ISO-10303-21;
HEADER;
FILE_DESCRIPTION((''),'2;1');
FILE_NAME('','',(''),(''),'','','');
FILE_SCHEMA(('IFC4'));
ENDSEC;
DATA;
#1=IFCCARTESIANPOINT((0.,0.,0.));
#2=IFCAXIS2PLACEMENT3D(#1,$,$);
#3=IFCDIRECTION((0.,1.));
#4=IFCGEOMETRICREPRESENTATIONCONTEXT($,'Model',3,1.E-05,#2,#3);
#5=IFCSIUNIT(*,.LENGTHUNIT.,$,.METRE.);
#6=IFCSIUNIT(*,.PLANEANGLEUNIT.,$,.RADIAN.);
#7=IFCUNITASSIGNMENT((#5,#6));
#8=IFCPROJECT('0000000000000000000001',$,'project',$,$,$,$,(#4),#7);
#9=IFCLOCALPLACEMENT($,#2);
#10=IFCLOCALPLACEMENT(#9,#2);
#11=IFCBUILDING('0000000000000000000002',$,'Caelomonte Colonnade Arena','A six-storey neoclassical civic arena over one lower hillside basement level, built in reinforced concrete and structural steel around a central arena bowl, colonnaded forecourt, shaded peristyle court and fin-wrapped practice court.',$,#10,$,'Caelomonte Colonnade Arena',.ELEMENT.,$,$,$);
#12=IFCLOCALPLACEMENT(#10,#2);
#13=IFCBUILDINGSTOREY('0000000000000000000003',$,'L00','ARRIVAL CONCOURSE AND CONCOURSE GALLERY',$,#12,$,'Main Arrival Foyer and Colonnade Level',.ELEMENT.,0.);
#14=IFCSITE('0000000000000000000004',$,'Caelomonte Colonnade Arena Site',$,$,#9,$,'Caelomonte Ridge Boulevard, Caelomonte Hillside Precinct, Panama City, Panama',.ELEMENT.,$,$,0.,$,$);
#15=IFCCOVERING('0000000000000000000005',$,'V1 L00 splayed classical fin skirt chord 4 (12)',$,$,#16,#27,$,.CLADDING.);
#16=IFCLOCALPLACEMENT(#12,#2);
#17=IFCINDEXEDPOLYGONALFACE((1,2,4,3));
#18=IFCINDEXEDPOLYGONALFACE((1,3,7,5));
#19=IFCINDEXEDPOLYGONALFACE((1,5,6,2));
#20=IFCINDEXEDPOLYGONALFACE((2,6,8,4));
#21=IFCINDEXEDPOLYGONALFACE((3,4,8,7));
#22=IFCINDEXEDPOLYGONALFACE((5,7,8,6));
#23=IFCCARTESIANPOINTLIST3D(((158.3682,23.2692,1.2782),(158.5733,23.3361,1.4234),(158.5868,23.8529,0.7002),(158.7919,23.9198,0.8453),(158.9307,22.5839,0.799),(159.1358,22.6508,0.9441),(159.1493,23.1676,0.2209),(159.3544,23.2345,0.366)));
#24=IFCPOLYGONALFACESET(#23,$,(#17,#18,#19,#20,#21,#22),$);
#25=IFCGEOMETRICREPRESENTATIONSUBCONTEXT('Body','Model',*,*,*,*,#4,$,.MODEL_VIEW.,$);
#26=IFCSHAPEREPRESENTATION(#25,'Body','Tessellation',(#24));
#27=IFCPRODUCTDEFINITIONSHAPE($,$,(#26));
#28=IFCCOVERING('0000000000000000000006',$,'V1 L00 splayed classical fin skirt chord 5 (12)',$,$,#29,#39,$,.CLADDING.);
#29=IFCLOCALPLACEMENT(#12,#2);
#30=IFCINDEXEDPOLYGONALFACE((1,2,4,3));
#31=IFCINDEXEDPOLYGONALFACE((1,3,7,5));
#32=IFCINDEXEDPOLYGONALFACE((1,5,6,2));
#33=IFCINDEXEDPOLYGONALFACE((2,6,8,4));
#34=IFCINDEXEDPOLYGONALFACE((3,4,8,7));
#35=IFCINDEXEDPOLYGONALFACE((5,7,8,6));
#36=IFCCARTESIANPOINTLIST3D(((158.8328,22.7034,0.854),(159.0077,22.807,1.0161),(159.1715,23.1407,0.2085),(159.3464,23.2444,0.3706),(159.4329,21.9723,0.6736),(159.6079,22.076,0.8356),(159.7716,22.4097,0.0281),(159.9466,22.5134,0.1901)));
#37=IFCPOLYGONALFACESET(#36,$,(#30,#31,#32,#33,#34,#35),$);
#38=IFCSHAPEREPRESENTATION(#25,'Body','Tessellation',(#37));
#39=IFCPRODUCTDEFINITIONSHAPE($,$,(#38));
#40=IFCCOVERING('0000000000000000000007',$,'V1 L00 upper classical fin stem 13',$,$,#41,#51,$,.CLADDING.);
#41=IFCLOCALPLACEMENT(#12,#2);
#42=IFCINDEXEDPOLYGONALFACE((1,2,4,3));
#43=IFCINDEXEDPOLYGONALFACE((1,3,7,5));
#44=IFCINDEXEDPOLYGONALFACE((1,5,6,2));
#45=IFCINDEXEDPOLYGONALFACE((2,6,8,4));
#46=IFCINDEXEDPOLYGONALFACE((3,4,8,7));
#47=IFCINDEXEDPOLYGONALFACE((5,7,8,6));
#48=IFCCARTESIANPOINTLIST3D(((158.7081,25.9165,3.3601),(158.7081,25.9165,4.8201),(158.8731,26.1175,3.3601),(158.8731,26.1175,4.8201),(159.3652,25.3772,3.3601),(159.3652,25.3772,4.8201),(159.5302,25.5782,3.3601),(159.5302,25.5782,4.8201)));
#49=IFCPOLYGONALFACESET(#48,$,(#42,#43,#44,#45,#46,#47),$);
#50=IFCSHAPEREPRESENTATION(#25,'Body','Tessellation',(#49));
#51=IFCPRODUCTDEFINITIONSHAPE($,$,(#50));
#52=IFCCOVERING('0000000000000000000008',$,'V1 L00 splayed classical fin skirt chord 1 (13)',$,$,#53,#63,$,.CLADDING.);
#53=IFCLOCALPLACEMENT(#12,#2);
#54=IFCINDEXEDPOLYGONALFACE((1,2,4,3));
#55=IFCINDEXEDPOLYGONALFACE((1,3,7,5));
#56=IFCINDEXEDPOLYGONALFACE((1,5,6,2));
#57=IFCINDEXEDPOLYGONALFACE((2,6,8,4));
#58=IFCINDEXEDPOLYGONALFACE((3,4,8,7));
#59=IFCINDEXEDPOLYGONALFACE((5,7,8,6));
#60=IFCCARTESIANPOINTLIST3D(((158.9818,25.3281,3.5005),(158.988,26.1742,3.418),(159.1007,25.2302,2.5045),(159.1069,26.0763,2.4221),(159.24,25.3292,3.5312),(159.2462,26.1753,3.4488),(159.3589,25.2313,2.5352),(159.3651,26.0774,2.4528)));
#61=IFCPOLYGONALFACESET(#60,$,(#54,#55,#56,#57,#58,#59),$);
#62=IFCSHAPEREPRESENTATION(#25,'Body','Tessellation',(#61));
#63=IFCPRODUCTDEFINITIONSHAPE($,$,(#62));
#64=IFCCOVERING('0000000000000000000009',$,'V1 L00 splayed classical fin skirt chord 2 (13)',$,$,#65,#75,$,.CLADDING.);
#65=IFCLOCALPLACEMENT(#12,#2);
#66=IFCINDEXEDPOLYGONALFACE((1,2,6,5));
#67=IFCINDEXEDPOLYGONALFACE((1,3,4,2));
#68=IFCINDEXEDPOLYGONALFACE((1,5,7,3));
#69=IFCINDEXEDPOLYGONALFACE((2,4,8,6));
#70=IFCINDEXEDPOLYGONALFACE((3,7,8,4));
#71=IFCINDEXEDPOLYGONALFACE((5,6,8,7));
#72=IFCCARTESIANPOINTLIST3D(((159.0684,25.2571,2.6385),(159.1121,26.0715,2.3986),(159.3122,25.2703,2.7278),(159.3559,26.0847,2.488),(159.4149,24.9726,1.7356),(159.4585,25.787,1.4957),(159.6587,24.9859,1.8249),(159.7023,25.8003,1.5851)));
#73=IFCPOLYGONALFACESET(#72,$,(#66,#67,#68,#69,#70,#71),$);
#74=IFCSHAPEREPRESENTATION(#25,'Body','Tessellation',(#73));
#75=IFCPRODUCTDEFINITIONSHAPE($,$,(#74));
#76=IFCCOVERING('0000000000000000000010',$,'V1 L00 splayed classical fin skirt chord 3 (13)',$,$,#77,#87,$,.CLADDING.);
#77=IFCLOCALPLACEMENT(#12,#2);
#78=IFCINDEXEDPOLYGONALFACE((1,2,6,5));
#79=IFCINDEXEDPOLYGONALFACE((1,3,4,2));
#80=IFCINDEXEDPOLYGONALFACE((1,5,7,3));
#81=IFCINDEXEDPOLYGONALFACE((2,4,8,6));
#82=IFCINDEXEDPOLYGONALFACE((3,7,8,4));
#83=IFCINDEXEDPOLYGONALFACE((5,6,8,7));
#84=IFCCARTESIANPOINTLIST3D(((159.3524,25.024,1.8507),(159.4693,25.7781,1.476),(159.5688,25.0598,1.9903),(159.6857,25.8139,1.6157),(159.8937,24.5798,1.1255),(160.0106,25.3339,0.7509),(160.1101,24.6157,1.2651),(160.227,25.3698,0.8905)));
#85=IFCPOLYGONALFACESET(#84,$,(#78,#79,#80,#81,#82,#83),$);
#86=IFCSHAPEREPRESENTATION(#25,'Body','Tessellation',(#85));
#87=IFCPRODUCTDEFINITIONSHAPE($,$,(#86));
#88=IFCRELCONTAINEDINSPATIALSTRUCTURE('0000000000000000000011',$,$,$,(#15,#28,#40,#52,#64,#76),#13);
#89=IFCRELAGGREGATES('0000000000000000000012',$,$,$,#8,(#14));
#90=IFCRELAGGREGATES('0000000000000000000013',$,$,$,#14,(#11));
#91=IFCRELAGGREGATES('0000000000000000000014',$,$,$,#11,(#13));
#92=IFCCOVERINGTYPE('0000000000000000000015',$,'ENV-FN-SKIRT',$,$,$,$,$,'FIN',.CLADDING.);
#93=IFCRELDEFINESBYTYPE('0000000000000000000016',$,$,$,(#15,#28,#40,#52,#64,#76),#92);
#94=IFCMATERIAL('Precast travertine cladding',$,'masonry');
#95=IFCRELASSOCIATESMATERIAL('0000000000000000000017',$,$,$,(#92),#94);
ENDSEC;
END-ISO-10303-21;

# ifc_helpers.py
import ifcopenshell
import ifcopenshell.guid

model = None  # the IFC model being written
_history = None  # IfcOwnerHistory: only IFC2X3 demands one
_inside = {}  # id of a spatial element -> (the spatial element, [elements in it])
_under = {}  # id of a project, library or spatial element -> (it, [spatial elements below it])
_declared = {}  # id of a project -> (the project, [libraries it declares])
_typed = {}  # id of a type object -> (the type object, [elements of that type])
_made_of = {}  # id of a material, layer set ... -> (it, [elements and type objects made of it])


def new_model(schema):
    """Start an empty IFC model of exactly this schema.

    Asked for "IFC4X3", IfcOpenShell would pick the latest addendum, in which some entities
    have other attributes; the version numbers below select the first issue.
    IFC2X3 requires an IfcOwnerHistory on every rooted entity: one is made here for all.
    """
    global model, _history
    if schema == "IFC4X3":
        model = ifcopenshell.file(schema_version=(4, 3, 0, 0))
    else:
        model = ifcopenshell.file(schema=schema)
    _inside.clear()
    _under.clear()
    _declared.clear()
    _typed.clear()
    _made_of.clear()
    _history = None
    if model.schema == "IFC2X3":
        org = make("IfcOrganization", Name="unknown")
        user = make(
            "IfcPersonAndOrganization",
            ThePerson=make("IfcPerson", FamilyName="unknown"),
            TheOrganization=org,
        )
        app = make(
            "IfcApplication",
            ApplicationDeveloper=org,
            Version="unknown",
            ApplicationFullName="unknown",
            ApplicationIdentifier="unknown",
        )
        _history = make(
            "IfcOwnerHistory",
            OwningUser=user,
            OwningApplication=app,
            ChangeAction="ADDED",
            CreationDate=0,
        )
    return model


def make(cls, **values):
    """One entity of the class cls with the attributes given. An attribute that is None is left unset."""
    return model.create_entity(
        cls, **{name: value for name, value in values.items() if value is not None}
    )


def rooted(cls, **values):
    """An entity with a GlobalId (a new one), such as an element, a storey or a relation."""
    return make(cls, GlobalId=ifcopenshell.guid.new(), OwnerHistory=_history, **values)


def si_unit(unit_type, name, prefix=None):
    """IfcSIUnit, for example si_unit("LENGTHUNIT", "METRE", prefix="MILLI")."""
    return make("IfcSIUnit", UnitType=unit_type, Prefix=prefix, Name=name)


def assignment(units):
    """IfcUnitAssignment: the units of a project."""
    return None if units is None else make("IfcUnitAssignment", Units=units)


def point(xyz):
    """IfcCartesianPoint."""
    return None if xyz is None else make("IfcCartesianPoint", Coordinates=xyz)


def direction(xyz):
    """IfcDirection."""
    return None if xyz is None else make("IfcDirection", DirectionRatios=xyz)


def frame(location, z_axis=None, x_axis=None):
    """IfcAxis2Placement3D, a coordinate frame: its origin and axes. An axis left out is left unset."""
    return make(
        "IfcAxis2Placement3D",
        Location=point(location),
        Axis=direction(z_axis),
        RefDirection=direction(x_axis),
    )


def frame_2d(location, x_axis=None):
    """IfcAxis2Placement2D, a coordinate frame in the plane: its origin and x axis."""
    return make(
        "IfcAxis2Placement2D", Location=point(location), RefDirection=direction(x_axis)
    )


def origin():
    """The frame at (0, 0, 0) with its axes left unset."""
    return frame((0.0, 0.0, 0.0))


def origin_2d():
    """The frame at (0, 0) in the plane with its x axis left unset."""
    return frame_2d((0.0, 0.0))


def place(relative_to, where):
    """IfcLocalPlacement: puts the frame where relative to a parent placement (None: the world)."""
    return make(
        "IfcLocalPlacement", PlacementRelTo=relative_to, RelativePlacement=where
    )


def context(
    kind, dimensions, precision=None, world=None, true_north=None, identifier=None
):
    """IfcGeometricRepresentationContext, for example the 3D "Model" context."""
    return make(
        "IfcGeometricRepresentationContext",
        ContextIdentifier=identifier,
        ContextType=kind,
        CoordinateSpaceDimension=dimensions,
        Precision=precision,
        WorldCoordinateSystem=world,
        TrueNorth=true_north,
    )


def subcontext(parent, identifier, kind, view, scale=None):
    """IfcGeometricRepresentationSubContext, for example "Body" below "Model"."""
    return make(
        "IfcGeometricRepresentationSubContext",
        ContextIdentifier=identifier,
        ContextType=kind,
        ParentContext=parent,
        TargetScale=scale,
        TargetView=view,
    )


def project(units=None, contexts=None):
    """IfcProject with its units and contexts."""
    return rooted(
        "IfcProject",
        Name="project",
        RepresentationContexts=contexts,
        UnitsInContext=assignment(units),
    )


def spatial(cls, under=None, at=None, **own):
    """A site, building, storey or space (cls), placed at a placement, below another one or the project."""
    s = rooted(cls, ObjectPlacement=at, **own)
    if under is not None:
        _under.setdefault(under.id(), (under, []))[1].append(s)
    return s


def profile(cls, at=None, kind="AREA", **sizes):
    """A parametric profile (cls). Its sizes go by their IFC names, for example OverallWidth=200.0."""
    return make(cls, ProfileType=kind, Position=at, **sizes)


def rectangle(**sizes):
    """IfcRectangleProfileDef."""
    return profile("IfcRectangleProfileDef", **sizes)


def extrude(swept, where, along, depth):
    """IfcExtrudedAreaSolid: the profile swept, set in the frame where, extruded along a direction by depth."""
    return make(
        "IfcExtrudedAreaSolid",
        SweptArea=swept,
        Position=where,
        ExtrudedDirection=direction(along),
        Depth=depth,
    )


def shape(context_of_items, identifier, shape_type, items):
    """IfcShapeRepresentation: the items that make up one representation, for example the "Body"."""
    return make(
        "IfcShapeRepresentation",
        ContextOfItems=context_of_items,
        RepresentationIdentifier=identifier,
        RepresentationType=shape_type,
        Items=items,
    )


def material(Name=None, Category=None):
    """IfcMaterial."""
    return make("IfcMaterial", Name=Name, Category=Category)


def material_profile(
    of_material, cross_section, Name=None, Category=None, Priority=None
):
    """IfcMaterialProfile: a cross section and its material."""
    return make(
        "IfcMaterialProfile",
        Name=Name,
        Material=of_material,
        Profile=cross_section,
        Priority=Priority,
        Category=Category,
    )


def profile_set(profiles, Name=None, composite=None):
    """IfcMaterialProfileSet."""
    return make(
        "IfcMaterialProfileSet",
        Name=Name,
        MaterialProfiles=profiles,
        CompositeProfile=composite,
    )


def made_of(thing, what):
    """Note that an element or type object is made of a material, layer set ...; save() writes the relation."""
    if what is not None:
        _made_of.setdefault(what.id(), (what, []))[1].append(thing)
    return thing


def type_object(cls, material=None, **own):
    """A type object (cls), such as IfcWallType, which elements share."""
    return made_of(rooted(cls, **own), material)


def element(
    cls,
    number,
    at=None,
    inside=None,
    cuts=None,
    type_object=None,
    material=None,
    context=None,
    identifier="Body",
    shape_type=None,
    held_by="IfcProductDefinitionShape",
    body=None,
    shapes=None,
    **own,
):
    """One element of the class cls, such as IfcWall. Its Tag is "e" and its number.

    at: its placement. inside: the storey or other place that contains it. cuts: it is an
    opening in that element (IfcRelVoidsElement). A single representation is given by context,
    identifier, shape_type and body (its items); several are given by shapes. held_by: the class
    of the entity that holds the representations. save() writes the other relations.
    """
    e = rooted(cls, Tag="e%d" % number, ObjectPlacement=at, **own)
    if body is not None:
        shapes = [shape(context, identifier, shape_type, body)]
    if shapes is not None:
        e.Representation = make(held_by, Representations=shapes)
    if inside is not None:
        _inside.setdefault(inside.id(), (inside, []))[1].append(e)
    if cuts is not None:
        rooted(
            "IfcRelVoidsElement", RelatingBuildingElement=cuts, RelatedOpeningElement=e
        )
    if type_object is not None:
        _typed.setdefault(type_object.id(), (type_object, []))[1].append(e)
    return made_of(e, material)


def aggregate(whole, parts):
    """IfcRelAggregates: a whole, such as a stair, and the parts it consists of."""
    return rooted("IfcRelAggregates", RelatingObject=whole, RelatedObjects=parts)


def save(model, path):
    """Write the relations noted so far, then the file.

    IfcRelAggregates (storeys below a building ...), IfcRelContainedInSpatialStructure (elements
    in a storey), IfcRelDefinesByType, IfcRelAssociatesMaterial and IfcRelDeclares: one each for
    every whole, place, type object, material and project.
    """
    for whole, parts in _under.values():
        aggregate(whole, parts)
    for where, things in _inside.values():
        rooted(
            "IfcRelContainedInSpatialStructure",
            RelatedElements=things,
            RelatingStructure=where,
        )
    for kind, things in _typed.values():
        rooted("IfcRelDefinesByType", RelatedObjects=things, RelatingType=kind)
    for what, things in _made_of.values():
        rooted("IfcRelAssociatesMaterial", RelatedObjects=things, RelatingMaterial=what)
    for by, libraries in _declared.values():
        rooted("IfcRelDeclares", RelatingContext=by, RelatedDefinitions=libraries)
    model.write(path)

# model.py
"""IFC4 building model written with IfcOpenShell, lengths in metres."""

from ifc_helpers import new_model, si_unit, direction, frame, origin, origin_2d, place, context, subcontext, project, spatial, rectangle, extrude, material, material_profile, profile_set, type_object, element, save


model = new_model("IFC4")

# Units and contexts
model_context = context("Model", 3, precision=1e-05, world=origin(), true_north=direction((0.0, 1.0)))
body_context = subcontext(model_context, "Body", "Model", "MODEL_VIEW")
ifc_project = project(units=[si_unit("LENGTHUNIT", "METRE"), si_unit("PLANEANGLEUNIT", "RADIAN")], contexts=[model_context])

# Site, building, storey
site_placement = place(None, origin())
site = spatial("IfcSite", under=ifc_project, at=site_placement, Name="Caelomonte Colonnade Arena Site", LongName="Caelomonte Ridge Boulevard, Caelomonte Hillside Precinct, Panama City, Panama", CompositionType="ELEMENT", RefElevation=0.0)
building_placement = place(site_placement, origin())
building = spatial("IfcBuilding", under=site, at=building_placement, Name="Caelomonte Colonnade Arena", Description="A six-storey neoclassical civic arena over one lower hillside basement level, built in reinforced concrete and structural steel around a central arena bowl, colonnaded forecourt, shaded peristyle court and fin-wrapped practice court.", LongName="Caelomonte Colonnade Arena", CompositionType="ELEMENT")
storey_placement = place(building_placement, origin())
storey = spatial("IfcBuildingStorey", under=building, at=storey_placement, Name="L00", Description="ARRIVAL CONCOURSE AND CONCOURSE GALLERY", LongName="Main Arrival Foyer and Colonnade Level", CompositionType="ELEMENT", Elevation=0.0)

# Coverings
ifc_material_1 = material(Name="Precast travertine cladding", Category="masonry")
ifc_material_profile_1 = material_profile(ifc_material_1, rectangle(XDim=0.26, YDim=0.8501, at=origin_2d()), Name="FIN260X850")
ifc_profile_set_1 = profile_set([ifc_material_profile_1], Name="Precast travertine cladding")
covering_type = type_object("IfcCoveringType", Name="ENV-FN-SKIRT", ElementType="FIN", PredefinedType="CLADDING", material=ifc_profile_set_1)
covering_1_placement = place(storey_placement, frame((158.5801, 23.5945, 1.0618), z_axis=(0.558129, -0.679977, -0.475524), x_axis=(-0.788896, -0.257241, -0.558095)))
element("IfcCovering", 1, at=covering_1_placement, inside=storey, type_object=covering_type, Name="V1 L00 splayed classical fin skirt chord 4 (12)", PredefinedType="CLADDING", context=body_context, shape_type="SweptSolid", body=[
    extrude(rectangle(XDim=0.26, YDim=0.8501, at=origin_2d()), origin(), (0.0, 0.0, 1.0), 1.0078),
])
covering_2_placement = place(storey_placement, frame((159.0896, 22.9739, 0.6123), z_axis=(0.62329, -0.759206, -0.187393), x_axis=(-0.672881, -0.398602, -0.623175)))
element("IfcCovering", 2, at=covering_2_placement, inside=storey, type_object=covering_type, Name="V1 L00 splayed classical fin skirt chord 5 (12)", PredefinedType="CLADDING", context=body_context, shape_type="SweptSolid", body=[
    extrude(rectangle(XDim=0.26, YDim=0.8501, at=origin_2d()), origin(), (0.0, 0.0, 1.0), 0.9629),
])
covering_3_placement = place(storey_placement, frame((159.1191, 25.7473, 3.3601), z_axis=(0.0, 0.0, 1.0), x_axis=(-0.634414, -0.772994, 0.0)))
element("IfcCovering", 3, at=covering_3_placement, inside=storey, type_object=covering_type, Name="V1 L00 upper classical fin stem 13", PredefinedType="CLADDING", context=body_context, shape_type="SweptSolid", body=[
    extrude(rectangle(XDim=0.26, YDim=0.8501, at=origin_2d()), origin(), (0.0, 0.0, 1.0), 1.46),
])
covering_4_placement = place(storey_placement, frame((159.114, 25.7517, 3.4746), z_axis=(0.117961, -0.09713, -0.988257), x_axis=(-0.992991, -0.004167, -0.118117)))
element("IfcCovering", 4, at=covering_4_placement, inside=storey, type_object=covering_type, Name="V1 L00 splayed classical fin skirt chord 1 (13)", PredefinedType="CLADDING", context=body_context, shape_type="SweptSolid", body=[
    extrude(rectangle(XDim=0.26, YDim=0.8501, at=origin_2d()), origin(), (0.0, 0.0, 1.0), 1.0078),
])
for number, where, z_axis, x_axis, name in (
    (5, (159.2122, 25.6709, 2.5632), (0.343693, -0.282173, -0.895686), (-0.937679, -0.051, -0.34374), "V1 L00 splayed classical fin skirt chord 2 (13)"),
    (6, (159.519, 25.4189, 1.7332), (0.536995, -0.440593, -0.719385), (-0.832307, -0.137735, -0.536931), "V1 L00 splayed classical fin skirt chord 3 (13)"),
):
    element("IfcCovering", number, at=place(storey_placement, frame(where, z_axis=z_axis, x_axis=x_axis)), inside=storey, type_object=covering_type, Name=name, PredefinedType="CLADDING", context=body_context, shape_type="SweptSolid", body=[
        extrude(rectangle(XDim=0.26, YDim=0.8501, at=origin_2d()), origin(), (0.0, 0.0, 1.0), 1.0081),
    ])

save(model, "model.ifc")
